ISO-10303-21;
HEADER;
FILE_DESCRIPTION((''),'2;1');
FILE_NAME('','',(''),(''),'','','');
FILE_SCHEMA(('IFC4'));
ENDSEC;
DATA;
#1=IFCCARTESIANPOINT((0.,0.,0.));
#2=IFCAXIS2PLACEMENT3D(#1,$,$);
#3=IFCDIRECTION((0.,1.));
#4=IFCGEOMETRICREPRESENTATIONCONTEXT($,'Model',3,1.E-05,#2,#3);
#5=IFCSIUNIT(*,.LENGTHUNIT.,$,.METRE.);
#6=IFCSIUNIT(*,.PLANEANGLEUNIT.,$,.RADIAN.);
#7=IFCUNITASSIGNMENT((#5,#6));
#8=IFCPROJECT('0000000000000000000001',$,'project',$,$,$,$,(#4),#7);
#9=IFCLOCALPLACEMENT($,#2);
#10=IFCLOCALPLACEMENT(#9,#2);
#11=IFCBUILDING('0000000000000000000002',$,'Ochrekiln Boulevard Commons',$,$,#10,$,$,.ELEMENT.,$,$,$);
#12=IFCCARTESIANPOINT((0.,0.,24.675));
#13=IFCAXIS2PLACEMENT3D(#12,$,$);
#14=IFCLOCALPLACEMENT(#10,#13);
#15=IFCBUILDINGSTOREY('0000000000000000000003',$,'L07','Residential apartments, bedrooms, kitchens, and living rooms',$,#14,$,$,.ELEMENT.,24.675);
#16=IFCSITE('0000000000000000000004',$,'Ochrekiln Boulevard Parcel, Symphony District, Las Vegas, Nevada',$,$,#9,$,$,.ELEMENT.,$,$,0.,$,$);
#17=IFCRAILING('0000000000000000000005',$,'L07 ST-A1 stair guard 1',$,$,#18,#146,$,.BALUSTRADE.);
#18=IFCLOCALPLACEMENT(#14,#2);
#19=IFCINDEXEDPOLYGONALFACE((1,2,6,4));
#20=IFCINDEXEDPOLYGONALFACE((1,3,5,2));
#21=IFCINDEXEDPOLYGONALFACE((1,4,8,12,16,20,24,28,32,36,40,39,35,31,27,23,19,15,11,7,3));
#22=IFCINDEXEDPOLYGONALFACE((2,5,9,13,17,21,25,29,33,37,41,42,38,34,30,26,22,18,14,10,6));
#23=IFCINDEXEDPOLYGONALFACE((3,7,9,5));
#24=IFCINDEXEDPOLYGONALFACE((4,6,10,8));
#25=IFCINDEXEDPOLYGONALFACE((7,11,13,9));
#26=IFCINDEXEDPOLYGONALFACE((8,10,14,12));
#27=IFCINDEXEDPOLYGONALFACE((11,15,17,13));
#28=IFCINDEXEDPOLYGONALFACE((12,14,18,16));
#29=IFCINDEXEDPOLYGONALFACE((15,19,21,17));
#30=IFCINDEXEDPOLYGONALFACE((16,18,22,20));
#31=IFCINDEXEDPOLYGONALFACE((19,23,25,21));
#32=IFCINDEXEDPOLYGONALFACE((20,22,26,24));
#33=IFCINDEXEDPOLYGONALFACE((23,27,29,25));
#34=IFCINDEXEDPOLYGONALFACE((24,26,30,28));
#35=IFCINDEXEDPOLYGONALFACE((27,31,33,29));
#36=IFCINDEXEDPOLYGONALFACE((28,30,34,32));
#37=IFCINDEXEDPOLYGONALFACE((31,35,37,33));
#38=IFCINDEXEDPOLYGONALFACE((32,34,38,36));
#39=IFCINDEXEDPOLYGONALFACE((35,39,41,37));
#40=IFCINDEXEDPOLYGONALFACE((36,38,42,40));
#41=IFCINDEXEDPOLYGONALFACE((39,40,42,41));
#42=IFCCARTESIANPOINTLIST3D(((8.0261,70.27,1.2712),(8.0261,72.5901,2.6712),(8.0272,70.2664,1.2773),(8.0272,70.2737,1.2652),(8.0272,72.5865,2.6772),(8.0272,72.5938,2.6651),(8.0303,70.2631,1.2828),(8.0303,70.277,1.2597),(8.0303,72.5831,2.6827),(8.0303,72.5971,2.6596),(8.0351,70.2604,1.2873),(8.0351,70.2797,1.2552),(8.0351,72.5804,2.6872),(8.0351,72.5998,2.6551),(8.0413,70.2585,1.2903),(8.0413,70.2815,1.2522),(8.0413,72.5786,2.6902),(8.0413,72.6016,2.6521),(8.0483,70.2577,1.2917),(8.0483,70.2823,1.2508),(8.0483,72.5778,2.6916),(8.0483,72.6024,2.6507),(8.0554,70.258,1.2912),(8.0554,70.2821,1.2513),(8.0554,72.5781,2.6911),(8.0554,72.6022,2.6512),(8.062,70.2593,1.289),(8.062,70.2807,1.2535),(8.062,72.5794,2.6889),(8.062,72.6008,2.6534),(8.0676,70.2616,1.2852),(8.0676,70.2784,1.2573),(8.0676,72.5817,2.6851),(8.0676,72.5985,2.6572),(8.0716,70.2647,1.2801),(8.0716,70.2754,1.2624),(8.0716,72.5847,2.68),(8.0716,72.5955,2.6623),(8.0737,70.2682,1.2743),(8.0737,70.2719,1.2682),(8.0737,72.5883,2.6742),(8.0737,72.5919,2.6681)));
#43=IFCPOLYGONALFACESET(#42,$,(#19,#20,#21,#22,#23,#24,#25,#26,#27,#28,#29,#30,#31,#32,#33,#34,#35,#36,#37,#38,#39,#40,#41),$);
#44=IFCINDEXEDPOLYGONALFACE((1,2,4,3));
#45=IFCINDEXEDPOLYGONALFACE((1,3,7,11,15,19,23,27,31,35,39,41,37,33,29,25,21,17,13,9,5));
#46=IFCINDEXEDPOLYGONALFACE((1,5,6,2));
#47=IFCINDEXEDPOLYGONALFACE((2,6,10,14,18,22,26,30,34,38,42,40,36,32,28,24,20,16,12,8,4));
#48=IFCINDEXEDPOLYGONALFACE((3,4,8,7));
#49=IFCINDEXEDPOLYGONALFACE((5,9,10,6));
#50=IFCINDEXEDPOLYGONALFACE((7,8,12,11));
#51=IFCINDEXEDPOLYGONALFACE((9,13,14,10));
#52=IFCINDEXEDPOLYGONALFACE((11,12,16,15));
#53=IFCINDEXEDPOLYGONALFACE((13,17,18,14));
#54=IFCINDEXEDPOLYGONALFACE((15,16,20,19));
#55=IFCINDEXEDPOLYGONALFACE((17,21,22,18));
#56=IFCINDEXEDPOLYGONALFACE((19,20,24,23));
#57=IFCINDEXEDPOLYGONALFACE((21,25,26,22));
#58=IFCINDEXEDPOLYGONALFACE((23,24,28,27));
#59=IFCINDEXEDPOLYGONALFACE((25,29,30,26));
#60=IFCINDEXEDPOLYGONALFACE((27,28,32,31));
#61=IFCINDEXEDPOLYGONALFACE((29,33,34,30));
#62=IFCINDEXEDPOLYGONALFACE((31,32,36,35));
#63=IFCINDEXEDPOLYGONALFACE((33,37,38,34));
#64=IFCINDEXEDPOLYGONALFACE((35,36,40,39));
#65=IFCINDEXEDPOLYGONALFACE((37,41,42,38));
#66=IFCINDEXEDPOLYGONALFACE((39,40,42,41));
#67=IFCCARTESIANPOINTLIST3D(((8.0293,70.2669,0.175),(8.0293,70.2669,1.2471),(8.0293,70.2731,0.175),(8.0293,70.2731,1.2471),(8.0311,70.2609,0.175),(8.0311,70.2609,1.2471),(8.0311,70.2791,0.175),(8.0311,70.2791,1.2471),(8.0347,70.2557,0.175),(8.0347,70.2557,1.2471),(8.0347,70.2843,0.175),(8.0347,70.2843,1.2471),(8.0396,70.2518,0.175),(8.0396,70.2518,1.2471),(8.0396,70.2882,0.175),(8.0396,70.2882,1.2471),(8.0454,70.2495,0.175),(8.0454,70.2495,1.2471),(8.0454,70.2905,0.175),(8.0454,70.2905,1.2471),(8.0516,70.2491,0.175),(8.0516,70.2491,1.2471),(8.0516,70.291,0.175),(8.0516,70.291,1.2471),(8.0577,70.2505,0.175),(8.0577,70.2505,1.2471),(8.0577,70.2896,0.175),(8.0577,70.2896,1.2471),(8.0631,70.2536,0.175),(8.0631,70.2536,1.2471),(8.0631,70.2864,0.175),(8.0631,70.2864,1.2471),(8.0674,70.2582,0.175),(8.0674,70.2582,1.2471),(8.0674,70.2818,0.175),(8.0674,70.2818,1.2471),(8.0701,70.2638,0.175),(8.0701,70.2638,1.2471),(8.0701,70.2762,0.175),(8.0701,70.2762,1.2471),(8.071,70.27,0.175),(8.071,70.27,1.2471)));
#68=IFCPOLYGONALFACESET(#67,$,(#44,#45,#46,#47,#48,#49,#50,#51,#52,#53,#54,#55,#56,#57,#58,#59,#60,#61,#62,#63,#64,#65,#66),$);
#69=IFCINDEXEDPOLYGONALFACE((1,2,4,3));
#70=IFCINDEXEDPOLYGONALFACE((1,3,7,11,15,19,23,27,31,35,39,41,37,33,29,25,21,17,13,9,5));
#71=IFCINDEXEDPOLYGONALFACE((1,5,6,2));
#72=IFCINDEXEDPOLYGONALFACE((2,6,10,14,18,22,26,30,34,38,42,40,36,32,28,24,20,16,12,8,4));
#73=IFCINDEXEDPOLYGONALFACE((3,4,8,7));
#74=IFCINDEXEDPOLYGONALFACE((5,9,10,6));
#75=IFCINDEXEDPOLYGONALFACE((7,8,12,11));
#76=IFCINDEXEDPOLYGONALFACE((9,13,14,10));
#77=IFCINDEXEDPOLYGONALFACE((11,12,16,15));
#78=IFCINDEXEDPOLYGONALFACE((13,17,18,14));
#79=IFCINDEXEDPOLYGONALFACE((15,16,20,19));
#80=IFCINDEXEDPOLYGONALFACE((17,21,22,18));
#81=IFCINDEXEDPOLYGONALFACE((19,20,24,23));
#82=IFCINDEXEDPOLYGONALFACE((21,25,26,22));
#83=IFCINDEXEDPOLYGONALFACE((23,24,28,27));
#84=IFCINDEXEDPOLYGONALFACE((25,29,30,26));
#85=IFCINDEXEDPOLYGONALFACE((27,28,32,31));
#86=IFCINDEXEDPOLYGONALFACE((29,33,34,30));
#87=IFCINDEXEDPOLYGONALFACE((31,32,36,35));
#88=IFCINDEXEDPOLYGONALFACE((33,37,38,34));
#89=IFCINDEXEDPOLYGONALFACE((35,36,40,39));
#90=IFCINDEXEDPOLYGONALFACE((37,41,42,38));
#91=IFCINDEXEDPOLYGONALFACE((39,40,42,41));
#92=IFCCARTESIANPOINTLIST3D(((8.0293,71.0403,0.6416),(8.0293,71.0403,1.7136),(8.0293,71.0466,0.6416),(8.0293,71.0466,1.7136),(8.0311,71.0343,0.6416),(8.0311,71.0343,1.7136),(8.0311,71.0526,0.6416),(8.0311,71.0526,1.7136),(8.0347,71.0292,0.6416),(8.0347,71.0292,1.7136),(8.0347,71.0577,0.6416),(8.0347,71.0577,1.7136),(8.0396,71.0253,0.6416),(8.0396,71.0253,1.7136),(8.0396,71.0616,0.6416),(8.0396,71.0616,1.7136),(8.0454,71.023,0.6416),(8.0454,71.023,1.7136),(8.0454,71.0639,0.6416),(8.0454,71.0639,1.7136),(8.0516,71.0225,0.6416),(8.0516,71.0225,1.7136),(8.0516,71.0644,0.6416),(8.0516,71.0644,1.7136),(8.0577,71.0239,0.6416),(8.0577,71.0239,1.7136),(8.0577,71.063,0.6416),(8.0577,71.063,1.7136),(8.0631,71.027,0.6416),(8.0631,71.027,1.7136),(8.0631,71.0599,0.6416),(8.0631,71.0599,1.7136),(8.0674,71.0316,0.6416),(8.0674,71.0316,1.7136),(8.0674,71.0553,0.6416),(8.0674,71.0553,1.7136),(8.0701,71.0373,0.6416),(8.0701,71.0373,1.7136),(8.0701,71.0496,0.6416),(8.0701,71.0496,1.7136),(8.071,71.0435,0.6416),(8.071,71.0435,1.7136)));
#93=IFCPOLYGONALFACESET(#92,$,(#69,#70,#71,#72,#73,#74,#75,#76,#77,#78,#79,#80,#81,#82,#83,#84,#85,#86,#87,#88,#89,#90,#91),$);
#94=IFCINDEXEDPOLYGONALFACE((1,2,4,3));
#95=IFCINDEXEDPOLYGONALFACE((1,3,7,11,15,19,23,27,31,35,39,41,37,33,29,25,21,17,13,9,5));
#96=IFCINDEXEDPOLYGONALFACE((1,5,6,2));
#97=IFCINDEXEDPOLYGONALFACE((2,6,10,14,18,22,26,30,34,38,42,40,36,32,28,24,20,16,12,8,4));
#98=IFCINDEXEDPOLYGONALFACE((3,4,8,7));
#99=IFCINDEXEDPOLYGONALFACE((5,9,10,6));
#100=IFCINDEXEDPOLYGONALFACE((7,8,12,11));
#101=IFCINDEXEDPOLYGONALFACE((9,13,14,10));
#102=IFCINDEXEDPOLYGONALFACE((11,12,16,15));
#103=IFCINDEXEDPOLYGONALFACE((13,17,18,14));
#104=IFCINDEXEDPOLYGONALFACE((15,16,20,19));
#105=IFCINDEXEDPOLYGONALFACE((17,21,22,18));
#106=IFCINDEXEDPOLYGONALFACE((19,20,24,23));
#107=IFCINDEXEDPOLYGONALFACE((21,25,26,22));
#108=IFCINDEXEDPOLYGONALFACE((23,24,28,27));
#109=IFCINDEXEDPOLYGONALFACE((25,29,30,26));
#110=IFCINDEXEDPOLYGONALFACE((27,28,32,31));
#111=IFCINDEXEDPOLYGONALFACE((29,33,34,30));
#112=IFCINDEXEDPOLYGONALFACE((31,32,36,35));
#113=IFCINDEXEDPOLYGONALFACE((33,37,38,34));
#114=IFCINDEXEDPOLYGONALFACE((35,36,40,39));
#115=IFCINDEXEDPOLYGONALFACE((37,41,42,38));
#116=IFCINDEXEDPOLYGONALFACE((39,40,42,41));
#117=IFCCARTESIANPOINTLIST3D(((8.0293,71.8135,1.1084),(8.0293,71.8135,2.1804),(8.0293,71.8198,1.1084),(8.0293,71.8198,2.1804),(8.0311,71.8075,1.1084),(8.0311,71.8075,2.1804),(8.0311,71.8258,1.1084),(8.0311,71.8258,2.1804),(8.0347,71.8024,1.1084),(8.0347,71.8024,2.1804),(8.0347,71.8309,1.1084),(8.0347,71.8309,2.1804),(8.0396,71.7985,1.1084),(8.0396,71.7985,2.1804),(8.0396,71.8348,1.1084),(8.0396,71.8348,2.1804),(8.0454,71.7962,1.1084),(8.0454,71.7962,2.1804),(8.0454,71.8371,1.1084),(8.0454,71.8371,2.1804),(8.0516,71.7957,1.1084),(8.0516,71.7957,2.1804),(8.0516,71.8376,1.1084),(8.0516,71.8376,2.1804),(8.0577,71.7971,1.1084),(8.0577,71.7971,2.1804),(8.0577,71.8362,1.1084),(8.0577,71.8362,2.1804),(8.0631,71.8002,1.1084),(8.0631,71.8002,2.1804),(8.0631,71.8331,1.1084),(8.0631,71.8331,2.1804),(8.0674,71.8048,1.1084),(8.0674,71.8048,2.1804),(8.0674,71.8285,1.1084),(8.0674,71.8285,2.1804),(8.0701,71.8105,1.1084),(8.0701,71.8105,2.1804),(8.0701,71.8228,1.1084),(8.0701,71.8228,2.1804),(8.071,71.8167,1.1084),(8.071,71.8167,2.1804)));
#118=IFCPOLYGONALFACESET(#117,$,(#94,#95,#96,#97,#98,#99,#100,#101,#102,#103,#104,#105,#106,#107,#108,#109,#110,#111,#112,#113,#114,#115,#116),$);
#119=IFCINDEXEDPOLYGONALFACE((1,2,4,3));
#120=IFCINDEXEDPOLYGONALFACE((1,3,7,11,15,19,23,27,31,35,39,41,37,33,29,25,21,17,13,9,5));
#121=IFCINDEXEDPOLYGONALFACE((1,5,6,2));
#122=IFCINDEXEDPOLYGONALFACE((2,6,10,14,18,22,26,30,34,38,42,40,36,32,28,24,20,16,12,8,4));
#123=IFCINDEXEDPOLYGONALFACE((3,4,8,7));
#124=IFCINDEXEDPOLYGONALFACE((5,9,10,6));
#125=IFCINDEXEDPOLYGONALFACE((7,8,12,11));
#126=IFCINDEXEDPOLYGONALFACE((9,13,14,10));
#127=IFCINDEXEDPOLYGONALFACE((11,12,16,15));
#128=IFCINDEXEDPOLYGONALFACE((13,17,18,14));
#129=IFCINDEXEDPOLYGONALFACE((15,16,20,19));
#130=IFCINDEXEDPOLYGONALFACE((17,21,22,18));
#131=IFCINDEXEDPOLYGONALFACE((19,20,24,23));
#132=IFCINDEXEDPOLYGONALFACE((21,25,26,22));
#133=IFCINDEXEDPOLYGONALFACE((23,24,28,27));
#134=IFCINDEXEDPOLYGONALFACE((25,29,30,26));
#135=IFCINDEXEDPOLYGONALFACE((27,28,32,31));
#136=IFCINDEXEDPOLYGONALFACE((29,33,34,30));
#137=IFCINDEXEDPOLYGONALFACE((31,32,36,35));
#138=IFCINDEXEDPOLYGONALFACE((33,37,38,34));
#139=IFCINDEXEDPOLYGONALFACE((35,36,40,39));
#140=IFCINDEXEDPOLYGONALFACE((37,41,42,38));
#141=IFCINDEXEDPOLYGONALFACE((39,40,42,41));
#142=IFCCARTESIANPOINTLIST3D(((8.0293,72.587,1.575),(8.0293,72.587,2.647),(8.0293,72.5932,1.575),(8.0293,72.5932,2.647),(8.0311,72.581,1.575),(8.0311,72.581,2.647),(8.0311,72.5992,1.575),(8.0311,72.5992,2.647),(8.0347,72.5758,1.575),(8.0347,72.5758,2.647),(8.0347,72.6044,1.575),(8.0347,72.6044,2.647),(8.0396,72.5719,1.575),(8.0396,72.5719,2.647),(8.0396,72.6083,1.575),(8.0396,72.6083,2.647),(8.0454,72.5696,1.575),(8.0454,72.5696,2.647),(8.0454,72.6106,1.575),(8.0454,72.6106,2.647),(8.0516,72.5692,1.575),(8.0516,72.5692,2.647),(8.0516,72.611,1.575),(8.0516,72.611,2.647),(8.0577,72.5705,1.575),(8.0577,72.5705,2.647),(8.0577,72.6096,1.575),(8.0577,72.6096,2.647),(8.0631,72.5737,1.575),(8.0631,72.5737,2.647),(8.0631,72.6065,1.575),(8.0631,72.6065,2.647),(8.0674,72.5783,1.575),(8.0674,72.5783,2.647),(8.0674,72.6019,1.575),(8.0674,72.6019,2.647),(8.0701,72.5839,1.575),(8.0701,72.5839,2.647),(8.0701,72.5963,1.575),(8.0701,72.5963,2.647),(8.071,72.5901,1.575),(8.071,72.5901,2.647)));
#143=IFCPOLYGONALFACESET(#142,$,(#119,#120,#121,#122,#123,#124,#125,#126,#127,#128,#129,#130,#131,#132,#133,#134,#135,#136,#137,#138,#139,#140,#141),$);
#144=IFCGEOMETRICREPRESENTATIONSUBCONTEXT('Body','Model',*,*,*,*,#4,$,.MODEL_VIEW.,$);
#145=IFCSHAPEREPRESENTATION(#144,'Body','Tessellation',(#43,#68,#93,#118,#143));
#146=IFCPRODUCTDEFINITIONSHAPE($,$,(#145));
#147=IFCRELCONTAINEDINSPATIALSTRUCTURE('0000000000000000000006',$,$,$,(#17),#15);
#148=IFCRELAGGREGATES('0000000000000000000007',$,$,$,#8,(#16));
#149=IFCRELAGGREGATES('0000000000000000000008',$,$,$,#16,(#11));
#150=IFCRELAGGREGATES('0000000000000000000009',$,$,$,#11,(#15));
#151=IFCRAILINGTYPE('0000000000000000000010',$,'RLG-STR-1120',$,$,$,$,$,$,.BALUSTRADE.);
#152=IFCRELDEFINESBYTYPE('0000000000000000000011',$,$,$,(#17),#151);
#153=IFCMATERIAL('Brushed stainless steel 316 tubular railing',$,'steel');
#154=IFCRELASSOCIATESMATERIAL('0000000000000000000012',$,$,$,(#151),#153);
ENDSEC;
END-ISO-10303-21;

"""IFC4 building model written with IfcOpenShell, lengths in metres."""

from ifc_helpers import new_model, si_unit, direction, frame, origin, origin_2d, place, context, subcontext, project, spatial, circle, extrude, material, type_object, element, save


model = new_model("IFC4")

# Units and contexts
model_context = context("Model", 3, precision=1e-05, world=origin(), true_north=direction((0.0, 1.0)))
body_context = subcontext(model_context, "Body", "Model", "MODEL_VIEW")
ifc_project = project(units=[si_unit("LENGTHUNIT", "METRE"), si_unit("PLANEANGLEUNIT", "RADIAN")], contexts=[model_context])

# Site, building, storey
site_placement = place(None, origin())
site = spatial("IfcSite", under=ifc_project, at=site_placement, Name="Ochrekiln Boulevard Parcel, Symphony District, Las Vegas, Nevada", CompositionType="ELEMENT", RefElevation=0.0)
building_placement = place(site_placement, origin())
building = spatial("IfcBuilding", under=site, at=building_placement, Name="Ochrekiln Boulevard Commons", CompositionType="ELEMENT")
storey_placement = place(building_placement, frame((0.0, 0.0, 24.675)))
storey = spatial("IfcBuildingStorey", under=building, at=storey_placement, Name="L07", Description="Residential apartments, bedrooms, kitchens, and living rooms", CompositionType="ELEMENT", Elevation=24.675)

# Railing
ifc_material_1 = material(Name="Brushed stainless steel 316 tubular railing", Category="steel")
railing_type_1 = type_object("IfcRailingType", Name="RLG-STR-1120", PredefinedType="BALUSTRADE", material=ifc_material_1)
railing_1_placement = place(storey_placement, frame((8.05, 70.27, 0.175)))
element("IfcRailing", 1, at=railing_1_placement, inside=storey, type_object=railing_type_1, Name="L07 ST-A1 stair guard 1", PredefinedType="BALUSTRADE", context=body_context, shape_type="SweptSolid", body=[
    extrude(circle(Radius=0.0239, at=origin_2d()), frame((0.0, 0.0, 1.0962), z_axis=(0.0, 0.85621, 0.516627), x_axis=(-1.0, 0.0, 0.0)), (0.0, 0.0, 1.0), 2.7097),
    extrude(circle(Radius=0.021, at=origin_2d()), origin(), (0.0, 0.0, 1.0), 1.072),
    extrude(circle(Radius=0.021, at=origin_2d()), frame((0.0, 0.7734, 0.4666)), (0.0, 0.0, 1.0), 1.072),
    extrude(circle(Radius=0.021, at=origin_2d()), frame((0.0, 1.5466, 0.9333)), (0.0, 0.0, 1.0), 1.072),
    extrude(circle(Radius=0.021, at=origin_2d()), frame((0.0, 2.3201, 1.3999)), (0.0, 0.0, 1.0), 1.072),
])

save(model, "model.ifc")
